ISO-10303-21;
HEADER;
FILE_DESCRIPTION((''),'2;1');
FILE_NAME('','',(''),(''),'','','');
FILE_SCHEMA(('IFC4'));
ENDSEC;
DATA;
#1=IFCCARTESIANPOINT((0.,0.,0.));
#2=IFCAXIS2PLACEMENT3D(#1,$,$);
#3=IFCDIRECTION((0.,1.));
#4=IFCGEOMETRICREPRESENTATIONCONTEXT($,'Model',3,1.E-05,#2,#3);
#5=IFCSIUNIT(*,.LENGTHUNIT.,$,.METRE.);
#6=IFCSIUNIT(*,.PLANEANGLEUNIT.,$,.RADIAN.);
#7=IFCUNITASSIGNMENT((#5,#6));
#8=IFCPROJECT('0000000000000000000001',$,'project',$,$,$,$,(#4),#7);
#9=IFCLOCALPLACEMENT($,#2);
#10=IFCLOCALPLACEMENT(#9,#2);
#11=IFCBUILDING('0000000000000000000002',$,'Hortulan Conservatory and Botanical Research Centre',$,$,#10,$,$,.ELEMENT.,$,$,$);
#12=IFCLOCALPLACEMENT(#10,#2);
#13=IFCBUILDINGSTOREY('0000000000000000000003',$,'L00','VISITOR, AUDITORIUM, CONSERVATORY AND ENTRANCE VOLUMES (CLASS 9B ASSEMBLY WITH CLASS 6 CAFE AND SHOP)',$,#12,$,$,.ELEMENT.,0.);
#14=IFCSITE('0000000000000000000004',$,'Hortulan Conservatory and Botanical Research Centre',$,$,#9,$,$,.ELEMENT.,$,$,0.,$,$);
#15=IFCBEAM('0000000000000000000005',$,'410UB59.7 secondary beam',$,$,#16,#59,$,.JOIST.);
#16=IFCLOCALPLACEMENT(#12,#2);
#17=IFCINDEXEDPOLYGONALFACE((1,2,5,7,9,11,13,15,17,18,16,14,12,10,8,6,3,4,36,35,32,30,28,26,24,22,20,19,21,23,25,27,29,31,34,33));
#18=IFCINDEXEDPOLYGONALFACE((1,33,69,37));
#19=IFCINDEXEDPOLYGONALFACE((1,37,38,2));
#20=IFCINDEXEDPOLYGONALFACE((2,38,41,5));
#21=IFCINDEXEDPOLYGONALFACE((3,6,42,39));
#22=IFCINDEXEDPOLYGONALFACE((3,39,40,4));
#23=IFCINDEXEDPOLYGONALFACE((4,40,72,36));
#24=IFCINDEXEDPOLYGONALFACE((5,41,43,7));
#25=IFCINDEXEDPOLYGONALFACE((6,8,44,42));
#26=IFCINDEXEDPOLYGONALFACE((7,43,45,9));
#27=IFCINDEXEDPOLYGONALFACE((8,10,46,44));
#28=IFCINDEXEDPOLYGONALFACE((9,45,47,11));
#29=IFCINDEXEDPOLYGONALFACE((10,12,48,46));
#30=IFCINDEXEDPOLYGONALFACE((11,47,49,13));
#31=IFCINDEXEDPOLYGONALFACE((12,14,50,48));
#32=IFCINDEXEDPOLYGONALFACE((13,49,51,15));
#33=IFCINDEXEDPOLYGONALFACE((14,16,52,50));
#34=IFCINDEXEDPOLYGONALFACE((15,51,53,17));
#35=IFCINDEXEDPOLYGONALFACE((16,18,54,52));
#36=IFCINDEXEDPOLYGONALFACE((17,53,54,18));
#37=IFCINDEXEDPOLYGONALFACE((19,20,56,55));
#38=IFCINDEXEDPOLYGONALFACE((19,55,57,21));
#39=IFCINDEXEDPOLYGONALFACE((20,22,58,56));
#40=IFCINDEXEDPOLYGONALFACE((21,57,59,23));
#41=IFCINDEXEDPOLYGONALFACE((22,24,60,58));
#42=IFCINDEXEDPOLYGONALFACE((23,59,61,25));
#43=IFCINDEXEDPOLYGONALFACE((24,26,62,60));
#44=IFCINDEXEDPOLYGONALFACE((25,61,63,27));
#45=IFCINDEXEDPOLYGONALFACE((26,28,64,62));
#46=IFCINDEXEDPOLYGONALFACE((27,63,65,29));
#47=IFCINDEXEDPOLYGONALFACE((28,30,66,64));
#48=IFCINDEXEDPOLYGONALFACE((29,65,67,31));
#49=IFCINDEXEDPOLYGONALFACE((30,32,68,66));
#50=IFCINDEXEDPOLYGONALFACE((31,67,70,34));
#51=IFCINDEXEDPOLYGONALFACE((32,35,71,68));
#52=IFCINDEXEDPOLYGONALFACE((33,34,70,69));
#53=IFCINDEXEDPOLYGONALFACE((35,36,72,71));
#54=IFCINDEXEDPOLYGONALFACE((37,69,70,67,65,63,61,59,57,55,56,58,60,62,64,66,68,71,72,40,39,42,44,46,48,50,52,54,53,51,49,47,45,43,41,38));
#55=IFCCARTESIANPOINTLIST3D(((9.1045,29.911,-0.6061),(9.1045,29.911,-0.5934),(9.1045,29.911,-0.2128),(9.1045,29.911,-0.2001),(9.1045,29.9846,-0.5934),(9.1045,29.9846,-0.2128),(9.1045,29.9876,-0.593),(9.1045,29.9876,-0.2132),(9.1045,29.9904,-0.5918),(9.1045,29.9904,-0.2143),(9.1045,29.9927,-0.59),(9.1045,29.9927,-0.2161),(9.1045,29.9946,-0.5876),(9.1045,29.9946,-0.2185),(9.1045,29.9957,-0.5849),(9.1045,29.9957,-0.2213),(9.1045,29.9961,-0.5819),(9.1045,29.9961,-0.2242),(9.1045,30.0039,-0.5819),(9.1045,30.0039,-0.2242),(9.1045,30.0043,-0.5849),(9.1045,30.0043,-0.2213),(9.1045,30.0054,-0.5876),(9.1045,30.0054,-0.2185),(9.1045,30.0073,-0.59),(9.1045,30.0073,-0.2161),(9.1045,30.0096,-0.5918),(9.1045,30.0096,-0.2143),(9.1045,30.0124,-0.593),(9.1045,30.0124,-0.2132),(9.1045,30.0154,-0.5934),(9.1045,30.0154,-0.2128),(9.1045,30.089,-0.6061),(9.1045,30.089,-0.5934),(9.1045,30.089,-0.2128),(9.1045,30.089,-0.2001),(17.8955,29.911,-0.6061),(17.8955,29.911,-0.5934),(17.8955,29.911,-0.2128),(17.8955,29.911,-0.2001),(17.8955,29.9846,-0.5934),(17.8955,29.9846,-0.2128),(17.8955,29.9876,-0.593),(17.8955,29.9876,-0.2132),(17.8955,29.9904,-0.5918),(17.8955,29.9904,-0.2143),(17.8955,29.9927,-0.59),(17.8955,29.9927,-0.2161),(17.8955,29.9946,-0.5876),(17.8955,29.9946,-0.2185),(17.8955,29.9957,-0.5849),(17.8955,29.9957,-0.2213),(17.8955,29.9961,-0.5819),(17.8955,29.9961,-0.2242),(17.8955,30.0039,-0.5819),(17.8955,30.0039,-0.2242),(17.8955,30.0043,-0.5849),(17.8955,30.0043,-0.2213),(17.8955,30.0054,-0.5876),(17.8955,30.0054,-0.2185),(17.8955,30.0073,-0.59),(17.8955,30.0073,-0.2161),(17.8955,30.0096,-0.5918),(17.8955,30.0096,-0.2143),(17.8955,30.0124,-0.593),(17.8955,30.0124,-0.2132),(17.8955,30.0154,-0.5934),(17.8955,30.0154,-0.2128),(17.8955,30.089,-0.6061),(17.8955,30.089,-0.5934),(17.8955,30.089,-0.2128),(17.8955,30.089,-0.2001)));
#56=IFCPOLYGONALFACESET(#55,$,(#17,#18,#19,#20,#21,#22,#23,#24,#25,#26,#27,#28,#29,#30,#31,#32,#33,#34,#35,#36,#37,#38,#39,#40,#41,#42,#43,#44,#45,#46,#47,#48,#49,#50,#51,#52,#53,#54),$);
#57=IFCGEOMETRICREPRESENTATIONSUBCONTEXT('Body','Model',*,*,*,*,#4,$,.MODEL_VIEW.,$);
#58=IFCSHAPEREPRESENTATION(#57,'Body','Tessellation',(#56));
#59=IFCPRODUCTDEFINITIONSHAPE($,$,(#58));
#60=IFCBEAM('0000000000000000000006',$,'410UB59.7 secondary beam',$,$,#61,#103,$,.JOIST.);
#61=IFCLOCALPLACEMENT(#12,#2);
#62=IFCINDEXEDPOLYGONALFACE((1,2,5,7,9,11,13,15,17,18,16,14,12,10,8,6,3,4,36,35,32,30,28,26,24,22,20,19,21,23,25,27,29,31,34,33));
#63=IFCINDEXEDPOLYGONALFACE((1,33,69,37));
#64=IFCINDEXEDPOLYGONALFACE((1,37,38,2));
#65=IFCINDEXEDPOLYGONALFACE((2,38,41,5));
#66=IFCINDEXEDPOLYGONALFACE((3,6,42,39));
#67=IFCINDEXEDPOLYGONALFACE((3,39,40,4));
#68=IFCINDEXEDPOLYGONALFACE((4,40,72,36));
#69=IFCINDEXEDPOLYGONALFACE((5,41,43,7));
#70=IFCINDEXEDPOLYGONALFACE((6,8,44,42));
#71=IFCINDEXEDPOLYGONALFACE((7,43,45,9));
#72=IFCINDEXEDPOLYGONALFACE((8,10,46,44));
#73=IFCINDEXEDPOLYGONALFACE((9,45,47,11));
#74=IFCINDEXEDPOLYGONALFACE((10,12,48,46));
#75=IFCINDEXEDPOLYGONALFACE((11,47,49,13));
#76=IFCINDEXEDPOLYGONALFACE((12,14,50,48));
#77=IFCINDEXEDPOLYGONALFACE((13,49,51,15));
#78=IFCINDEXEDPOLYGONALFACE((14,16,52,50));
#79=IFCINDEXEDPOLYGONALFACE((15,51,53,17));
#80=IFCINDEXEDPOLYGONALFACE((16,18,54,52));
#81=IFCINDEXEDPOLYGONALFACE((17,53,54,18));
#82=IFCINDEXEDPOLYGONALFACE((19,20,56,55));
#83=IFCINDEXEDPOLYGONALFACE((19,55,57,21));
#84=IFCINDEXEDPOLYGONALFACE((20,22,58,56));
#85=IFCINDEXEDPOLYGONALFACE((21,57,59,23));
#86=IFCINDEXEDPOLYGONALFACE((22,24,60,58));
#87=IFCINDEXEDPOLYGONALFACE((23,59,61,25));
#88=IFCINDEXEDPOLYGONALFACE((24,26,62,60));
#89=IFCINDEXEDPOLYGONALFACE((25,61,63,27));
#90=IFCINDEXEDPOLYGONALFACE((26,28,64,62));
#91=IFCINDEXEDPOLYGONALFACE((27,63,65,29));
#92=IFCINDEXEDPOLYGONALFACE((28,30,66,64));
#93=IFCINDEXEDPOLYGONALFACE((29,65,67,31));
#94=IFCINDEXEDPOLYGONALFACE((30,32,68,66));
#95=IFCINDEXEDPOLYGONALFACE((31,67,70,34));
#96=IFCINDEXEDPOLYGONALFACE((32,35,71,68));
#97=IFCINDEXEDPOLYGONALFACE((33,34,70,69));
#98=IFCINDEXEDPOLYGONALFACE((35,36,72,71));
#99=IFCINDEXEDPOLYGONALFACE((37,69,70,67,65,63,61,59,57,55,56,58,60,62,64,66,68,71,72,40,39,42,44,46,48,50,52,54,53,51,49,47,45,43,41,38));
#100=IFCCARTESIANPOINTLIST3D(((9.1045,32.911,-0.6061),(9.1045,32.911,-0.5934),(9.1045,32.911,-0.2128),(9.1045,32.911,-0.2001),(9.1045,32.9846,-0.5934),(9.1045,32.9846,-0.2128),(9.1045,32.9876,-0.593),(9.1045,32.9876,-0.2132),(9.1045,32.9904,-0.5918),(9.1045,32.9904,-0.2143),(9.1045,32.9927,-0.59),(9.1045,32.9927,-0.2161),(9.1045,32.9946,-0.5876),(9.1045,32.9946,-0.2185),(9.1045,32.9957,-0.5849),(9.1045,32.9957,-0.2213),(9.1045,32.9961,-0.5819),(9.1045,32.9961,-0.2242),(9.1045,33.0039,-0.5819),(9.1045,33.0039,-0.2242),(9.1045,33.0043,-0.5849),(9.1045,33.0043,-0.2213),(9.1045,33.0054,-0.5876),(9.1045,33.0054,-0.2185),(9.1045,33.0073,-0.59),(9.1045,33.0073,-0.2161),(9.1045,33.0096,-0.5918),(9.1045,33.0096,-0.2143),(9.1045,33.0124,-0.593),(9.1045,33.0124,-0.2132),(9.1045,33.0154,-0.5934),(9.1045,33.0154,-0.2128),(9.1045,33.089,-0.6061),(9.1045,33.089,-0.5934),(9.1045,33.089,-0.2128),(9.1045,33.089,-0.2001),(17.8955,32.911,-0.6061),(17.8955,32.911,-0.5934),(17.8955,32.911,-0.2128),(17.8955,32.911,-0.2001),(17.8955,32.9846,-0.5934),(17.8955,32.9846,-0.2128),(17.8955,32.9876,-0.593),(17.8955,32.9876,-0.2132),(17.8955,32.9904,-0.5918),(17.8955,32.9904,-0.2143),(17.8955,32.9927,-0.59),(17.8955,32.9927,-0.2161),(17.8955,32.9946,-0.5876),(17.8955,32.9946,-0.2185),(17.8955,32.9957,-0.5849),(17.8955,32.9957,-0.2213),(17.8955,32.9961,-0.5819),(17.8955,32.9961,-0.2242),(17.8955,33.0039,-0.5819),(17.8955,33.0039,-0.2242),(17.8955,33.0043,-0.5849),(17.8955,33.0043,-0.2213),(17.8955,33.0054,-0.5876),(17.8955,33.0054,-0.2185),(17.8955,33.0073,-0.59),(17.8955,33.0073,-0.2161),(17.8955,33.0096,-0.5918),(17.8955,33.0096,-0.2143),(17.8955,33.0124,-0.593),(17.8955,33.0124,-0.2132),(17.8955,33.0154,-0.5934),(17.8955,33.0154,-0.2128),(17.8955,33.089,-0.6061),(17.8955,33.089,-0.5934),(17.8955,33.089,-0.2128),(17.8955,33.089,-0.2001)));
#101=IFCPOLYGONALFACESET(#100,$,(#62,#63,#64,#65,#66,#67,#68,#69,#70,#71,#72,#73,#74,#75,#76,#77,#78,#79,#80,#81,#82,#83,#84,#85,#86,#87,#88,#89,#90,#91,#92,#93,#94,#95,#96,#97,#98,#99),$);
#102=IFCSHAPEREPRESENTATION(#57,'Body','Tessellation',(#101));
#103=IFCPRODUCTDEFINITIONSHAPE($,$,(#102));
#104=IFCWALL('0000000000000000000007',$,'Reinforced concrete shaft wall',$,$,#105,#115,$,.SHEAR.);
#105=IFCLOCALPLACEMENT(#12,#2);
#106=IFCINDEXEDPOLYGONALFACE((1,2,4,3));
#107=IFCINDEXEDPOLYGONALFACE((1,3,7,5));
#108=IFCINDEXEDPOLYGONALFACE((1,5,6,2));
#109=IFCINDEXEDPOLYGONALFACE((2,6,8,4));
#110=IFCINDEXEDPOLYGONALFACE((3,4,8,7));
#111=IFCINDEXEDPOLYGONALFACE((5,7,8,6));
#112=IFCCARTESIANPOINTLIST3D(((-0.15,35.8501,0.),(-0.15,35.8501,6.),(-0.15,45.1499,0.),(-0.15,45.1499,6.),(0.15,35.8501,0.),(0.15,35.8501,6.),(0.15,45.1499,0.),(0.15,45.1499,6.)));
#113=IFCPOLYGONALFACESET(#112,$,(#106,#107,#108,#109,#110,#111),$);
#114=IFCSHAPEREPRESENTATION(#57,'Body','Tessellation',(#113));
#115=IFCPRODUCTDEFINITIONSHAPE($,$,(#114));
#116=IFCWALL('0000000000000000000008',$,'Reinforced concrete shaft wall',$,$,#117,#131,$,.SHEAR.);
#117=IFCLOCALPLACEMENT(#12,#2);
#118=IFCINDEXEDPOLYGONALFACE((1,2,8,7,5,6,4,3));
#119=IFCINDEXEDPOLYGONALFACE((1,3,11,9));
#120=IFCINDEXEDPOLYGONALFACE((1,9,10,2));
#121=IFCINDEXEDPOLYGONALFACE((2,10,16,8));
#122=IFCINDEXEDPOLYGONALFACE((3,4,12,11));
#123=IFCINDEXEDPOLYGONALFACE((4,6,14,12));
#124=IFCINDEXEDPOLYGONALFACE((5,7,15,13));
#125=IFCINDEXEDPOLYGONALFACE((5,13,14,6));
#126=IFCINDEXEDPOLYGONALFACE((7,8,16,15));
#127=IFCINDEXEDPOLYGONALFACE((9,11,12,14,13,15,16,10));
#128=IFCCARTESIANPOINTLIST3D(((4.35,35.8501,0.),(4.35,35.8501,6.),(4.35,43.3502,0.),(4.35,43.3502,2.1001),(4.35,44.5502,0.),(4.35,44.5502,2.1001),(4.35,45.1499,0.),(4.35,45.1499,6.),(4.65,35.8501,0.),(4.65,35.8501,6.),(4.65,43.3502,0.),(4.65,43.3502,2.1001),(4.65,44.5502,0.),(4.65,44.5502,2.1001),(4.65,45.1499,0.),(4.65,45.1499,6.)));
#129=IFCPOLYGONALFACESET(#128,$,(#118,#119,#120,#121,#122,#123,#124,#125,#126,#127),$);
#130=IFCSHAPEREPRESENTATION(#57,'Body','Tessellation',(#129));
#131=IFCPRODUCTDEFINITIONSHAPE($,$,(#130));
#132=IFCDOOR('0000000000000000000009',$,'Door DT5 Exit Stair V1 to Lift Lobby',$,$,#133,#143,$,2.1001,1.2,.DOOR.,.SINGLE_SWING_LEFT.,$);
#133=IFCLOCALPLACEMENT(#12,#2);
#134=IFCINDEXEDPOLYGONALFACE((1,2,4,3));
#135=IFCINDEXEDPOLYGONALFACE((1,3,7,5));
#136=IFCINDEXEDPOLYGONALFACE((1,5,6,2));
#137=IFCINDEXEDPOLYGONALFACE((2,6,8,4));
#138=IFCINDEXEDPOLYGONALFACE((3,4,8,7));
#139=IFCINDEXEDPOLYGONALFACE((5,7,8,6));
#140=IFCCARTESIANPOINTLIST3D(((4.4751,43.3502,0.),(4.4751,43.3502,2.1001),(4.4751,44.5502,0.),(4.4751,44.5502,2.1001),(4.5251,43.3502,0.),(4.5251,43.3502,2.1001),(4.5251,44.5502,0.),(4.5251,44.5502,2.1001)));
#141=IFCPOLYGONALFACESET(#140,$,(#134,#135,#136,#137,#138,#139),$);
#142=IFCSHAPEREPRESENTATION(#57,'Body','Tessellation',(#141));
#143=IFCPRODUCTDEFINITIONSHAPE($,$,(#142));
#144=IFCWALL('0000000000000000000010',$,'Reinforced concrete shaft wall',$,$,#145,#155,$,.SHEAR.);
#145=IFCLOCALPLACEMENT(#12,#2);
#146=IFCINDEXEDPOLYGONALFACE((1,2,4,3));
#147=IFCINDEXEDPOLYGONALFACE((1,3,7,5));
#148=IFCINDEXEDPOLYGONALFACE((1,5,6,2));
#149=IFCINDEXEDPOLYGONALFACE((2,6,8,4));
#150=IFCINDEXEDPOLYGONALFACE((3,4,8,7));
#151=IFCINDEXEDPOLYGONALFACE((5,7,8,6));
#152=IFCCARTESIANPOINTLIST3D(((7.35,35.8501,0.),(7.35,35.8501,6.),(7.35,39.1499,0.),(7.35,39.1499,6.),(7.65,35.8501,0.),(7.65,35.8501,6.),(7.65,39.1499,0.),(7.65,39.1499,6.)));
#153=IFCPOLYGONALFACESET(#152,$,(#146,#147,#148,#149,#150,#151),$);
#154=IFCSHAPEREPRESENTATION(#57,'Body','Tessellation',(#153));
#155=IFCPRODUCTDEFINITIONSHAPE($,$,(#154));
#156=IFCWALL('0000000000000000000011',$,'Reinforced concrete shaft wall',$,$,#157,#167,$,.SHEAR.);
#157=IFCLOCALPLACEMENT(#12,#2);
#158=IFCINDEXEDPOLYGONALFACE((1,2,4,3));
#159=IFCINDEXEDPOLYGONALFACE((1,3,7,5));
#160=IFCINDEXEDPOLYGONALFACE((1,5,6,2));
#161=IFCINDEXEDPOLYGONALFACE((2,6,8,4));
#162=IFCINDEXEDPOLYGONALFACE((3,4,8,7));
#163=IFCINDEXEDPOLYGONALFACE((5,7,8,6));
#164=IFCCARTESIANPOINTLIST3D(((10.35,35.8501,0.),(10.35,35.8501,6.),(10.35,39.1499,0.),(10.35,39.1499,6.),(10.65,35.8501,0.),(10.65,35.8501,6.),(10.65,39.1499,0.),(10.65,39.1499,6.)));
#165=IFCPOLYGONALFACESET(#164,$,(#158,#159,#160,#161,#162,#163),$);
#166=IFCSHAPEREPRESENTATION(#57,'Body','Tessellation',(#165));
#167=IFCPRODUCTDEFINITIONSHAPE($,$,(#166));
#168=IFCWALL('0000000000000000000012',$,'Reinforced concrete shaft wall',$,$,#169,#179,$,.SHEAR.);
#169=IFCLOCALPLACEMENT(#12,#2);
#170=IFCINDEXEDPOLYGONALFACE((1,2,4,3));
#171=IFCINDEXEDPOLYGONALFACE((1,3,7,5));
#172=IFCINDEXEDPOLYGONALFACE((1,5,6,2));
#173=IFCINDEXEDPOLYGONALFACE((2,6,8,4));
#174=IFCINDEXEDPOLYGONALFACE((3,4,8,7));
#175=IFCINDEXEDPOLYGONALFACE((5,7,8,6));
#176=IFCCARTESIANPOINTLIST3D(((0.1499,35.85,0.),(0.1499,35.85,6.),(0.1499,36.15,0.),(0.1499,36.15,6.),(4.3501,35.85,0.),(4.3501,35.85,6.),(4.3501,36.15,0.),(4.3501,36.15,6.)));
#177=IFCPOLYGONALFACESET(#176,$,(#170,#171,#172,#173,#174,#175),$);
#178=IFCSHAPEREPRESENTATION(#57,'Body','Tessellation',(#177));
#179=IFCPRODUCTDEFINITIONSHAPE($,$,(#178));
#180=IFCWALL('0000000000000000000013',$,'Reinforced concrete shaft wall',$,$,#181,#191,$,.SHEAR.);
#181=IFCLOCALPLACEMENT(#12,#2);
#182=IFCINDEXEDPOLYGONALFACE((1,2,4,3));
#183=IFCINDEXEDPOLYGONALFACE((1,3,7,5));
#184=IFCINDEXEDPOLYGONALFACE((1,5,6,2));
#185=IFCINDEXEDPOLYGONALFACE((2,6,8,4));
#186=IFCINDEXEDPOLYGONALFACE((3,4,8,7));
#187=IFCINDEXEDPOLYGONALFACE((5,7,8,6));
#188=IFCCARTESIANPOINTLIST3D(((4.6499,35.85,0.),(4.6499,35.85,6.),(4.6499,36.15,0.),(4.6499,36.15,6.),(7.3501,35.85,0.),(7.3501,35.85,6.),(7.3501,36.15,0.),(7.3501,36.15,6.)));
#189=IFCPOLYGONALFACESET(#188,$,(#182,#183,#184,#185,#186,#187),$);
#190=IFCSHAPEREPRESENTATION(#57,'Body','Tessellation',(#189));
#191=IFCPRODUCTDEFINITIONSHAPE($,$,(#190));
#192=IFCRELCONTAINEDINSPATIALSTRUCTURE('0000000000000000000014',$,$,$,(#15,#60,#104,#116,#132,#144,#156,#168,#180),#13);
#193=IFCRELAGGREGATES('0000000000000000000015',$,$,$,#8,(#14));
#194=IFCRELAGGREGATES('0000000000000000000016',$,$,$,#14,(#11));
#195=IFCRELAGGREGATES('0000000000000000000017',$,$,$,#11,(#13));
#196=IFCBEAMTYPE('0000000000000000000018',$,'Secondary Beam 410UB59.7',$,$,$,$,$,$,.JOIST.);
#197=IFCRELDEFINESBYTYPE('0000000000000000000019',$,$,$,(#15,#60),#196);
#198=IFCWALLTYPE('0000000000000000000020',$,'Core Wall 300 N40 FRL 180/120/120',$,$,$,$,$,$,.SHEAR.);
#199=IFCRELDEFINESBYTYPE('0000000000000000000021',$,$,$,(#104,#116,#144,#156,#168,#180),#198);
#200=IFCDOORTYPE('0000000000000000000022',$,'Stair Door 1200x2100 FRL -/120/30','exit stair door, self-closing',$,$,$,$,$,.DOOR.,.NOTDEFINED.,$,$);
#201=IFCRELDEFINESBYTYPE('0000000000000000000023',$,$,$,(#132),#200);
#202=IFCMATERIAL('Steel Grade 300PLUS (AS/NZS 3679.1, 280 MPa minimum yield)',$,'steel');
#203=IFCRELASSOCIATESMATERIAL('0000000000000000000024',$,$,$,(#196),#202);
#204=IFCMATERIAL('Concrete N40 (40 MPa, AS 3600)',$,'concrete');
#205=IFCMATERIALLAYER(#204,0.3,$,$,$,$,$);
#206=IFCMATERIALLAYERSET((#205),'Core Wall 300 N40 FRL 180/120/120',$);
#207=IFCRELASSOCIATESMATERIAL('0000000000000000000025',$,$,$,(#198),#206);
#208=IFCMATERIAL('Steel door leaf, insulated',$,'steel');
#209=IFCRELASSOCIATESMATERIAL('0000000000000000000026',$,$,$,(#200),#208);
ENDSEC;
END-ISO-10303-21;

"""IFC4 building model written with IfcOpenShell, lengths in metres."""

from ifc_helpers import new_model, si_unit, direction, frame, frame_2d, origin, origin_2d, place, context, subcontext, project, spatial, rectangle, i_section, extrude, material, layer, layer_set, material_profile, profile_set, type_object, element, fill, save


model = new_model("IFC4")

# Units and contexts
model_context = context("Model", 3, precision=1e-05, world=origin(), true_north=direction((0.0, 1.0)))
body_context = subcontext(model_context, "Body", "Model", "MODEL_VIEW")
ifc_project = project(units=[si_unit("LENGTHUNIT", "METRE"), si_unit("PLANEANGLEUNIT", "RADIAN")], contexts=[model_context])

# Site, building, storey
site_placement = place(None, origin())
site = spatial("IfcSite", under=ifc_project, at=site_placement, Name="Hortulan Conservatory and Botanical Research Centre", CompositionType="ELEMENT", RefElevation=0.0)
building_placement = place(site_placement, origin())
building = spatial("IfcBuilding", under=site, at=building_placement, Name="Hortulan Conservatory and Botanical Research Centre", CompositionType="ELEMENT")
storey_placement = place(building_placement, origin())
storey = spatial("IfcBuildingStorey", under=building, at=storey_placement, Name="L00", Description="VISITOR, AUDITORIUM, CONSERVATORY AND ENTRANCE VOLUMES (CLASS 9B ASSEMBLY WITH CLASS 6 CAFE AND SHOP)", CompositionType="ELEMENT", Elevation=0.0)

# Beams
ifc_material_1 = material(Name="Steel Grade 300PLUS (AS/NZS 3679.1, 280 MPa minimum yield)", Category="steel")
ifc_material_profile_1 = material_profile(ifc_material_1, i_section(OverallWidth=0.178, OverallDepth=0.406, WebThickness=0.0078, FlangeThickness=0.0127, FilletRadius=0.0115, at=origin_2d()), Name="410UB59.7")
ifc_profile_set_1 = profile_set([ifc_material_profile_1], Name="Steel Grade 300PLUS (AS/NZS 3679.1, 280 MPa minimum yield)")
beam_type_1 = type_object("IfcBeamType", Name="Secondary Beam 410UB59.7", PredefinedType="JOIST", material=ifc_profile_set_1)
for number, where, z_axis, x_axis, name in (
    (1, (9.1045, 30.0, -0.4031), (1.0, 0.0, 0.0), (0.0, 1.0, 0.0), "410UB59.7 secondary beam"),
    (2, (9.1045, 33.0, -0.4031), (1.0, 0.0, 0.0), (0.0, 1.0, 0.0), "410UB59.7 secondary beam"),
):
    element("IfcBeam", number, at=place(storey_placement, frame(where, z_axis=z_axis, x_axis=x_axis)), inside=storey, type_object=beam_type_1, Name=name, PredefinedType="JOIST", context=body_context, shape_type="SweptSolid", body=[
        extrude(i_section(OverallWidth=0.178, OverallDepth=0.406, WebThickness=0.0078, FlangeThickness=0.0127, FilletRadius=0.0115, at=origin_2d()), origin(), (0.0, 0.0, 1.0), 8.791),
    ])

# Wall
ifc_material_2 = material(Name="Concrete N40 (40 MPa, AS 3600)", Category="concrete")
ifc_layer_1 = layer(ifc_material_2, 0.3)
ifc_layer_set_1 = layer_set([ifc_layer_1], Name="Core Wall 300 N40 FRL 180/120/120")
wall_type_1 = type_object("IfcWallType", Name="Core Wall 300 N40 FRL 180/120/120", PredefinedType="SHEAR", material=ifc_layer_set_1)
wall_1_placement = place(storey_placement, frame((0.0, 35.8501, 0.0), z_axis=(0.0, 0.0, 1.0), x_axis=(0.0, 1.0, 0.0)))
element("IfcWall", 3, at=wall_1_placement, inside=storey, type_object=wall_type_1, Name="Reinforced concrete shaft wall", PredefinedType="SHEAR", context=body_context, shape_type="SweptSolid", body=[
    extrude(rectangle(XDim=9.2998, YDim=0.3, at=frame_2d((4.6499, 0.0))), origin(), (0.0, 0.0, 1.0), 6.0),
])

# Wall, opening, door
wall_2_placement = place(storey_placement, frame((4.5, 35.8501, 0.0), z_axis=(0.0, 0.0, 1.0), x_axis=(0.0, 1.0, 0.0)))
wall_2 = element("IfcWall", 4, at=wall_2_placement, inside=storey, type_object=wall_type_1, Name="Reinforced concrete shaft wall", PredefinedType="SHEAR", context=body_context, shape_type="SweptSolid", body=[
    extrude(rectangle(XDim=9.2998, YDim=0.3, at=frame_2d((4.6499, 0.0))), origin(), (0.0, 0.0, 1.0), 6.0),
])
opening_1_placement = place(wall_2_placement, frame((7.5, 0.0, 0.0)))
opening_1 = element("IfcOpeningElement", 5, at=opening_1_placement, cuts=wall_2, PredefinedType="OPENING", context=body_context, shape_type="SweptSolid", body=[
    extrude(rectangle(XDim=1.2, YDim=2.1001, at=frame_2d((0.6001, 1.05))), frame((0.0, 0.1599, 0.0), z_axis=(0.0, -1.0, 0.0), x_axis=(1.0, 0.0, 0.0)), (0.0, 0.0, 1.0), 0.3201),
])
ifc_material_3 = material(Name="Steel door leaf, insulated", Category="steel")
door_type = type_object("IfcDoorType", Name="Stair Door 1200x2100 FRL -/120/30", Description="exit stair door, self-closing", OperationType="NOTDEFINED", PredefinedType="DOOR", material=ifc_material_3)
door_placement = place(opening_1_placement, origin())
door = element("IfcDoor", 6, at=door_placement, inside=storey, type_object=door_type, Name="Door DT5 Exit Stair V1 to Lift Lobby", OperationType="SINGLE_SWING_LEFT", OverallHeight=2.1001, OverallWidth=1.2, PredefinedType="DOOR", context=body_context, shape_type="SweptSolid", body=[
    extrude(rectangle(XDim=1.2, YDim=2.1001, at=frame_2d((0.6001, 1.05))), frame((0.0, 0.0249, 0.0), z_axis=(0.0, -1.0, 0.0), x_axis=(1.0, 0.0, 0.0)), (0.0, 0.0, 1.0), 0.05),
])
fill(opening_1, door)

# Walls
for number, where, z_axis, x_axis, name in (
    (7, (7.5, 35.8501, 0.0), (0.0, 0.0, 1.0), (0.0, 1.0, 0.0), "Reinforced concrete shaft wall"),
    (8, (10.5, 35.8501, 0.0), (0.0, 0.0, 1.0), (0.0, 1.0, 0.0), "Reinforced concrete shaft wall"),
):
    element("IfcWall", number, at=place(storey_placement, frame(where, z_axis=z_axis, x_axis=x_axis)), inside=storey, type_object=wall_type_1, Name=name, PredefinedType="SHEAR", context=body_context, shape_type="SweptSolid", body=[
        extrude(rectangle(XDim=3.2998, YDim=0.3, at=frame_2d((1.6499, 0.0))), origin(), (0.0, 0.0, 1.0), 6.0),
    ])
wall_3_placement = place(storey_placement, frame((0.1499, 36.0, 0.0), z_axis=(0.0, 0.0, 1.0), x_axis=(1.0, 0.0, 0.0)))
element("IfcWall", 9, at=wall_3_placement, inside=storey, type_object=wall_type_1, Name="Reinforced concrete shaft wall", PredefinedType="SHEAR", context=body_context, shape_type="SweptSolid", body=[
    extrude(rectangle(XDim=4.2002, YDim=0.3, at=frame_2d((2.1001, 0.0))), origin(), (0.0, 0.0, 1.0), 6.0),
])
for number, where, z_axis, x_axis, name in (
    (10, (4.6499, 36.0, 0.0), (0.0, 0.0, 1.0), (1.0, 0.0, 0.0), "Reinforced concrete shaft wall"),
):
    element("IfcWall", number, at=place(storey_placement, frame(where, z_axis=z_axis, x_axis=x_axis)), inside=storey, type_object=wall_type_1, Name=name, PredefinedType="SHEAR", context=body_context, shape_type="SweptSolid", body=[
        extrude(rectangle(XDim=2.7002, YDim=0.3, at=frame_2d((1.3501, 0.0))), origin(), (0.0, 0.0, 1.0), 6.0),
    ])

save(model, "model.ifc")
